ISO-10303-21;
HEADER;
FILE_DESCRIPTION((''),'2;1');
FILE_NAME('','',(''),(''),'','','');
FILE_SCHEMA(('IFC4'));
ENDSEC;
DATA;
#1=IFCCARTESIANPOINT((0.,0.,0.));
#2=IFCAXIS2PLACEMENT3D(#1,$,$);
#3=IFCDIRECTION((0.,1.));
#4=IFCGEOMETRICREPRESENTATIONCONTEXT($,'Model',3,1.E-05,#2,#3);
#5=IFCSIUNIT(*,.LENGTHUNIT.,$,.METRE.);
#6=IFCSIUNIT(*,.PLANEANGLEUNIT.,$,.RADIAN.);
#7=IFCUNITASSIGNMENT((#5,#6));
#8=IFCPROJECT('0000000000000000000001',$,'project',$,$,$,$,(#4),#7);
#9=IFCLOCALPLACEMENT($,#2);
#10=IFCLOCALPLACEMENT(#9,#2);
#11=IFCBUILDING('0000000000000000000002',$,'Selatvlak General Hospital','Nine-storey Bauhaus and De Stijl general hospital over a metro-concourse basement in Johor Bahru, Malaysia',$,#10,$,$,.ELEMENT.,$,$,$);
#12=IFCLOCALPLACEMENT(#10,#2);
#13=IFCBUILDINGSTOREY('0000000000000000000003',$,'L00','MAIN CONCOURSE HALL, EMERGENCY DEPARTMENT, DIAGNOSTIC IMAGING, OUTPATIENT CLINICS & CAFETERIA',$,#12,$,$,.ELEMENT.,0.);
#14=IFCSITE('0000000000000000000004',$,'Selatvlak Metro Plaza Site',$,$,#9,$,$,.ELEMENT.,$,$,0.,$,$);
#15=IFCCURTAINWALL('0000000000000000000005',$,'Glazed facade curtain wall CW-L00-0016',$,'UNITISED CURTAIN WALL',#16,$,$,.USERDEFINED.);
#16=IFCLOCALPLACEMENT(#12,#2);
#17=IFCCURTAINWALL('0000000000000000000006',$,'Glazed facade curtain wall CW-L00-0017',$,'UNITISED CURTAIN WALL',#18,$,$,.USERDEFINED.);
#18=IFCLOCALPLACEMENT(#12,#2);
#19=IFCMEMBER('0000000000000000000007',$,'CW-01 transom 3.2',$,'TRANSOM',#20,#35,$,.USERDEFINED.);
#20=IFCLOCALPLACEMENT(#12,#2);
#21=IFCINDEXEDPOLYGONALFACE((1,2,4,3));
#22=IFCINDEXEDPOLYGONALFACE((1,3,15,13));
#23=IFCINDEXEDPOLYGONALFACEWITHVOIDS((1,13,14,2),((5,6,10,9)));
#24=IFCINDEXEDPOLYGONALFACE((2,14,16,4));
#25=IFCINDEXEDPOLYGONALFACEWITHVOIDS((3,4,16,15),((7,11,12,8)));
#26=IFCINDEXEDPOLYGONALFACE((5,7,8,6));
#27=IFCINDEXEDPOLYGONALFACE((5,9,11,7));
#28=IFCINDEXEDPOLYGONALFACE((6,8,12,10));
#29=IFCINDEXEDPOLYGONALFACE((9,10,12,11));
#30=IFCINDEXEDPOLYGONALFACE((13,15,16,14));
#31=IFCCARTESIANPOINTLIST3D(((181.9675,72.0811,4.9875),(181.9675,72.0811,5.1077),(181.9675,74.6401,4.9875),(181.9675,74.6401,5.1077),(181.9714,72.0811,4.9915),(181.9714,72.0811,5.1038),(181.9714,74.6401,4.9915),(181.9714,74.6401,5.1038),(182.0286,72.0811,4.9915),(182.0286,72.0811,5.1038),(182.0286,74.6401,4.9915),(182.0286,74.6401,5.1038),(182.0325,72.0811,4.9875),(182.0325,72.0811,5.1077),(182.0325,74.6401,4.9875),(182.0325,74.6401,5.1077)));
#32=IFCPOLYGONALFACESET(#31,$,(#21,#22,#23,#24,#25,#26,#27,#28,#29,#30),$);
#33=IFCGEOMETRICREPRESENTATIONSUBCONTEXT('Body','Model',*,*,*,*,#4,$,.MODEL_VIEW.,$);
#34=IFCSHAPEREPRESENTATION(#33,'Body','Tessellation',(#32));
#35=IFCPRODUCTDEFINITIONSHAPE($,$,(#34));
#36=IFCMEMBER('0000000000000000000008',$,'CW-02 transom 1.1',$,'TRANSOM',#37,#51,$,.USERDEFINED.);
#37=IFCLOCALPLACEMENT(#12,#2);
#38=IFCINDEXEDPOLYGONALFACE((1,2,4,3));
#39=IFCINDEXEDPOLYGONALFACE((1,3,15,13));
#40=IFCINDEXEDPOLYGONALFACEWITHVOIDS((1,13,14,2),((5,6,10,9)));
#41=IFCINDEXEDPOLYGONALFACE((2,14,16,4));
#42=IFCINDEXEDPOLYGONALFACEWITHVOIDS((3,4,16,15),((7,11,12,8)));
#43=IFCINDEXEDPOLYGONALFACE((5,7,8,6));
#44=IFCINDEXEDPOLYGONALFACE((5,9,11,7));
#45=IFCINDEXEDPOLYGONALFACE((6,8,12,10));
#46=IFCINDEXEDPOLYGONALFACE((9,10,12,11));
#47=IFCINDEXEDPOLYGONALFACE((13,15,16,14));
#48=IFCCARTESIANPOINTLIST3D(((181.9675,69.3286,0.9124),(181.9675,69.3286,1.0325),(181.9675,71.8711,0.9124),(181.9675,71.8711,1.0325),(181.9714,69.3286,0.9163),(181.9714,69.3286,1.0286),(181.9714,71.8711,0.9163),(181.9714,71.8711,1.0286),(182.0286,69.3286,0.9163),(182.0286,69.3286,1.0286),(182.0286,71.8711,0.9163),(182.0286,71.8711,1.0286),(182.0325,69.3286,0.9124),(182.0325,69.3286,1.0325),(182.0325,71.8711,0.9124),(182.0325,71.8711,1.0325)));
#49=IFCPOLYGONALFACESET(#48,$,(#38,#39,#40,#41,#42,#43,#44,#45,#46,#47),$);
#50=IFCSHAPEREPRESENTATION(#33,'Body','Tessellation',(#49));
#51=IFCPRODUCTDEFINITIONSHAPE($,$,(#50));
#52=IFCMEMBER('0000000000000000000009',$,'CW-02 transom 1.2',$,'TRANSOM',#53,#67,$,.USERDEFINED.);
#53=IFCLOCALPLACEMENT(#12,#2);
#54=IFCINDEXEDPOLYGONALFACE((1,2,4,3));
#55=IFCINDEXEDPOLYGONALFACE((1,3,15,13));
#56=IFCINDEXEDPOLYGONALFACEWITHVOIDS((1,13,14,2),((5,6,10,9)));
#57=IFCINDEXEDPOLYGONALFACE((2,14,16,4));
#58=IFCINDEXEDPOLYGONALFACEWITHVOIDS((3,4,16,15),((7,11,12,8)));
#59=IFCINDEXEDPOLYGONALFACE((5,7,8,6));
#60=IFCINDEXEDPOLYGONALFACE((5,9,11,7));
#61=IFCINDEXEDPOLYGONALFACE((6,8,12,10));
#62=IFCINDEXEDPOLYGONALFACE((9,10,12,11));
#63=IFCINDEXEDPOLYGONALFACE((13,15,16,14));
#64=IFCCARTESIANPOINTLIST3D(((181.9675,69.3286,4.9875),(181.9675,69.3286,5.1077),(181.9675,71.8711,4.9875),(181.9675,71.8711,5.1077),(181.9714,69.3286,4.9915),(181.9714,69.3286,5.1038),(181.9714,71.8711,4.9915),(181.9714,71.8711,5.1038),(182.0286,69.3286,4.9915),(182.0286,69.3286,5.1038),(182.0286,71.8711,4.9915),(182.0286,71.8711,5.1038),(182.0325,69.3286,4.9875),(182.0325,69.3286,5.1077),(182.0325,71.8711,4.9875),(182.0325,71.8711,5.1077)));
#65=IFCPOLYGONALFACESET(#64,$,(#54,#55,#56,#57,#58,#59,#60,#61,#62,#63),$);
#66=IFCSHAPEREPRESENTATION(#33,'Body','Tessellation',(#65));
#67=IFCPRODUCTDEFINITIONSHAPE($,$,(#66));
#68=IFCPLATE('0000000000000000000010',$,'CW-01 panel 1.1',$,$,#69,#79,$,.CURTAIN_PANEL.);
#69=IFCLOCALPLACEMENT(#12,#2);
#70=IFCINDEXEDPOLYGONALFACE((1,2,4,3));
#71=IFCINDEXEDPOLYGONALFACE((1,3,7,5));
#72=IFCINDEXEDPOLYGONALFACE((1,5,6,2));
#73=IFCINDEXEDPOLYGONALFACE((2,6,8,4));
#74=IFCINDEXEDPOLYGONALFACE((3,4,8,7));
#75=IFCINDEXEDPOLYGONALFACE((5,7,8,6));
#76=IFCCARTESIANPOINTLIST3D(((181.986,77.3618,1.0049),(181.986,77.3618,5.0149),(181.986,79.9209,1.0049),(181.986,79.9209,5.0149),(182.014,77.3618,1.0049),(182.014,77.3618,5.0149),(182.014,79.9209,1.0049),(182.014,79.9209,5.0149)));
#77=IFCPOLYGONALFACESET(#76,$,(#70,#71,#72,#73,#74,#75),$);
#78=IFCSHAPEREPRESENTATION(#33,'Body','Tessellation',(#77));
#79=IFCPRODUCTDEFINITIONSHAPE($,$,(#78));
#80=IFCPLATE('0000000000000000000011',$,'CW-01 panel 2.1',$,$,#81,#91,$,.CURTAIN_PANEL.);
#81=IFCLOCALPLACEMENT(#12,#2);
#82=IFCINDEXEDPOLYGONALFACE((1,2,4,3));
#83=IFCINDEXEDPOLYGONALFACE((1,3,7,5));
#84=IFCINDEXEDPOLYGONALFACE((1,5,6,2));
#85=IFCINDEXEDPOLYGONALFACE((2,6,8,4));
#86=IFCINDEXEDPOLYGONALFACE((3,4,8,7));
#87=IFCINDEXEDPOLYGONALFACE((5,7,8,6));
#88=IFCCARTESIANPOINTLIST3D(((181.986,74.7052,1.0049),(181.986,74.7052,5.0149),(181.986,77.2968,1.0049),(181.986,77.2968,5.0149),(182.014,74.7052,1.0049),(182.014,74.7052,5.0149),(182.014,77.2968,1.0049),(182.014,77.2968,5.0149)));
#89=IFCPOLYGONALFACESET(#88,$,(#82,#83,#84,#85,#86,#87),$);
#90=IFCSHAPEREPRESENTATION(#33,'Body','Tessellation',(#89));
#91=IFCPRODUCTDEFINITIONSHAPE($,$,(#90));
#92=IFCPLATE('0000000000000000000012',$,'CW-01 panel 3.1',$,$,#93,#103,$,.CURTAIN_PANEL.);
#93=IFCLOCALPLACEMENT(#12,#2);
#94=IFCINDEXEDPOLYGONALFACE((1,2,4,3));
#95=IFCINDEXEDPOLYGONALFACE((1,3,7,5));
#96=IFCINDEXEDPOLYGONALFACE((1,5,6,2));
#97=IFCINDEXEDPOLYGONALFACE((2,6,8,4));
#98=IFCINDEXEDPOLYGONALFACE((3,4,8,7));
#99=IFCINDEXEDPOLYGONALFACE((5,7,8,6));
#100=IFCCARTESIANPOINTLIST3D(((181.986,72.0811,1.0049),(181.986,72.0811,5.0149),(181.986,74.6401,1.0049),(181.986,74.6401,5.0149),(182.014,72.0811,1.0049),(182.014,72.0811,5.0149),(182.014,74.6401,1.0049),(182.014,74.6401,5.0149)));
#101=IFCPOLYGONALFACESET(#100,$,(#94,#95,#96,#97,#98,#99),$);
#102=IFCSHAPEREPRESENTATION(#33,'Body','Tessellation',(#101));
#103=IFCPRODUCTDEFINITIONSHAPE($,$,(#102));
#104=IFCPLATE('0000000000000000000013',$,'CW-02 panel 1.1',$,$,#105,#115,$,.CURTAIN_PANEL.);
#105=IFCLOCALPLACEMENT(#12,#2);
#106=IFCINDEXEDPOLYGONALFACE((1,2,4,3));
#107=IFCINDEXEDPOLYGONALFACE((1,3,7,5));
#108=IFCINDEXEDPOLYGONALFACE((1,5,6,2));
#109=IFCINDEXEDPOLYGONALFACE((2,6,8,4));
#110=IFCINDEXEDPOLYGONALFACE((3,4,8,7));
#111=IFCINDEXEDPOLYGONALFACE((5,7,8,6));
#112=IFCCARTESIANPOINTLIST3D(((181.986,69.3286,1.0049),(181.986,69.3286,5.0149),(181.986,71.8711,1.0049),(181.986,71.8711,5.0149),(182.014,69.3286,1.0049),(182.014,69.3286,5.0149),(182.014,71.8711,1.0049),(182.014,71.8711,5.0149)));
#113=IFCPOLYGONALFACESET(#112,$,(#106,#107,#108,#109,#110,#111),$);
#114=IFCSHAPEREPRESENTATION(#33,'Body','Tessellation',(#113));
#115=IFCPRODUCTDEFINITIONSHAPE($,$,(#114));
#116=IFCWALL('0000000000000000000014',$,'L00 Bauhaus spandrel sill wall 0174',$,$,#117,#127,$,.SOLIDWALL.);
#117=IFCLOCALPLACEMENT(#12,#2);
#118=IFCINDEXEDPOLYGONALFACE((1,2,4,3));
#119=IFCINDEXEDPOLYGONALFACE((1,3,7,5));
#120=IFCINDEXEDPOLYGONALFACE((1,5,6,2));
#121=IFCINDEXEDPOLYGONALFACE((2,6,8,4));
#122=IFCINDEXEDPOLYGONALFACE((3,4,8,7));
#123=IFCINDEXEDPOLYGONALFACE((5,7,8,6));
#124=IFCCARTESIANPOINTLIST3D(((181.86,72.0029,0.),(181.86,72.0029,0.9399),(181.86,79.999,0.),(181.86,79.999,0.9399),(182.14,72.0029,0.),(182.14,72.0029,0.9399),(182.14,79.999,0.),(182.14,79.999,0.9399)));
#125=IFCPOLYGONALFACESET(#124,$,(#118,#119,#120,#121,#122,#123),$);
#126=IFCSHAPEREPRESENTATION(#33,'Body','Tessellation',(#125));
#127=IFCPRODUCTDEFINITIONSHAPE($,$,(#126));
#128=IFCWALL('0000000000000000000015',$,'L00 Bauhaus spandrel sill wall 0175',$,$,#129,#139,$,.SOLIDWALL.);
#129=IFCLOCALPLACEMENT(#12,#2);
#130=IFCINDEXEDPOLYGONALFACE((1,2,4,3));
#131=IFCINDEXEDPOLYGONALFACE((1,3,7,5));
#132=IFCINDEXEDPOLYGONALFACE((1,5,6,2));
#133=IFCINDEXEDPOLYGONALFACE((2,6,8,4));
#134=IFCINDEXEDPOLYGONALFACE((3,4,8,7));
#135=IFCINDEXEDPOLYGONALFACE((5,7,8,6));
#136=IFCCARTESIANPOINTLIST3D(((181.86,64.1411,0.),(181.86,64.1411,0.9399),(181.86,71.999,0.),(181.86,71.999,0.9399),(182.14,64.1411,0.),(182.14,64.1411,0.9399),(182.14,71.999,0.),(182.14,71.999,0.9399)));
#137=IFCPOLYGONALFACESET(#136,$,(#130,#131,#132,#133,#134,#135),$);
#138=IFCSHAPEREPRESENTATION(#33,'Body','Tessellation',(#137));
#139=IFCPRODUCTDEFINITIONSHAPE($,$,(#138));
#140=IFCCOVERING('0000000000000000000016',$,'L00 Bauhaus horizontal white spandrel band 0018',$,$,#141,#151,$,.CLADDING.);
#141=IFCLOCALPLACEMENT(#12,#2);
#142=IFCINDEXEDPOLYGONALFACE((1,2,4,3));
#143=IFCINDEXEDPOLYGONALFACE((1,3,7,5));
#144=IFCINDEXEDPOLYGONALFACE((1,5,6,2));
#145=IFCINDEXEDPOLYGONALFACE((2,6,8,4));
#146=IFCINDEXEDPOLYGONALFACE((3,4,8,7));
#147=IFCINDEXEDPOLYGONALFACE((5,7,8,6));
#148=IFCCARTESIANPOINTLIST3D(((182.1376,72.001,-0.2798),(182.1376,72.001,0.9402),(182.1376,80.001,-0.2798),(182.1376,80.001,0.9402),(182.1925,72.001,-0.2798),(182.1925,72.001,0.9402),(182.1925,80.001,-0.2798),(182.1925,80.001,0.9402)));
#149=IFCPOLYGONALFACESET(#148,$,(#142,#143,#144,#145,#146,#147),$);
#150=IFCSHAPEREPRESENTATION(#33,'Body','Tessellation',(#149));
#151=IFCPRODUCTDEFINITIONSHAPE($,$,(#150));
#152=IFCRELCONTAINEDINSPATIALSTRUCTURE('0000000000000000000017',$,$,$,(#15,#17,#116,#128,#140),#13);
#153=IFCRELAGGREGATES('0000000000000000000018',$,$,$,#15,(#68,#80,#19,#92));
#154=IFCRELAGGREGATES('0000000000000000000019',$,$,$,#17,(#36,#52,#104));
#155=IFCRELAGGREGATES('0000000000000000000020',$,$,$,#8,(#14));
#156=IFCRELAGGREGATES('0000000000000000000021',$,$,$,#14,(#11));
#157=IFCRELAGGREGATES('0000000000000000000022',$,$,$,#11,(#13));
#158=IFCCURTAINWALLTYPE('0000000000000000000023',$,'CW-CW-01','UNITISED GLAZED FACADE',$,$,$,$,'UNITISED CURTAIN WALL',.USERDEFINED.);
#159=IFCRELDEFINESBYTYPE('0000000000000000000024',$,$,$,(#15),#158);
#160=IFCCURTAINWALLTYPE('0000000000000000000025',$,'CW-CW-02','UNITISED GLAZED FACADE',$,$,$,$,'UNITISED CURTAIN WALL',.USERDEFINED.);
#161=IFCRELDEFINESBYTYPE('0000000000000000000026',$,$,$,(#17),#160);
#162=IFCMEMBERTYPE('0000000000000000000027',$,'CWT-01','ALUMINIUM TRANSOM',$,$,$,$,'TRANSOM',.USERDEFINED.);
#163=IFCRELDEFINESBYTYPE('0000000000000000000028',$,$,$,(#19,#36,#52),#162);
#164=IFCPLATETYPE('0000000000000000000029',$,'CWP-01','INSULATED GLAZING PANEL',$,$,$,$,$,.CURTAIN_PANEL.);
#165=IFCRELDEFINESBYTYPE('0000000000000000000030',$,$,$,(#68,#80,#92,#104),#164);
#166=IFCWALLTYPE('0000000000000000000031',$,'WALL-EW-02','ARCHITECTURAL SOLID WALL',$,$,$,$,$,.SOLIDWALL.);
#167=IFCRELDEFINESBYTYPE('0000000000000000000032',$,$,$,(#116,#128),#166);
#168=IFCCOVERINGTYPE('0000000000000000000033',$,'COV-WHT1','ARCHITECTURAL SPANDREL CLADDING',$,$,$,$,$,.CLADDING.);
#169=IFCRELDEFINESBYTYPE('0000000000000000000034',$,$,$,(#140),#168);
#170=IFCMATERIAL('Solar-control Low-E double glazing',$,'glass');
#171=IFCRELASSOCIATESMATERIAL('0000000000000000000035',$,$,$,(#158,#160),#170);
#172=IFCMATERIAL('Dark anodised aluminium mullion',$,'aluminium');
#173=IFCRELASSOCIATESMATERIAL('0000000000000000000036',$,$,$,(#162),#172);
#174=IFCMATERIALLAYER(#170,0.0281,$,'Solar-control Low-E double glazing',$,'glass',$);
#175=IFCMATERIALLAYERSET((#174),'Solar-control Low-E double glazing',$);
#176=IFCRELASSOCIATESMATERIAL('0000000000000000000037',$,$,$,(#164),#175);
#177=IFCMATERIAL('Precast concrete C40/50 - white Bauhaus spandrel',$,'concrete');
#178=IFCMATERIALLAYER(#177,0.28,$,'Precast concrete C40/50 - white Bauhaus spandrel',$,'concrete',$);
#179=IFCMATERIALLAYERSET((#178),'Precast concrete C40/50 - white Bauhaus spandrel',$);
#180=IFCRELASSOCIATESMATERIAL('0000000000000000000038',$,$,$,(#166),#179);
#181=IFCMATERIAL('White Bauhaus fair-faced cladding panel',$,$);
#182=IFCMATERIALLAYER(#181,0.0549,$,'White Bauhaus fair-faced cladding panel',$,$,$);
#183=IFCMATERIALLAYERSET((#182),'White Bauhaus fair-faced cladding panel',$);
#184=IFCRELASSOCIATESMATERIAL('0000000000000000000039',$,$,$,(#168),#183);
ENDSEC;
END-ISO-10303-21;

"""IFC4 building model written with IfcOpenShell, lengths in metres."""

from ifc_helpers import new_model, si_unit, direction, frame, frame_2d, origin, origin_2d, place, context, subcontext, project, spatial, rectangle, hollow_rectangle, extrude, material, layer, layer_set, material_profile, profile_set, type_object, element, aggregate, save


model = new_model("IFC4")

# Units and contexts
model_context = context("Model", 3, precision=1e-05, world=origin(), true_north=direction((0.0, 1.0)))
body_context = subcontext(model_context, "Body", "Model", "MODEL_VIEW")
ifc_project = project(units=[si_unit("LENGTHUNIT", "METRE"), si_unit("PLANEANGLEUNIT", "RADIAN")], contexts=[model_context])

# Site, building, storey
site_placement = place(None, origin())
site = spatial("IfcSite", under=ifc_project, at=site_placement, Name="Selatvlak Metro Plaza Site", CompositionType="ELEMENT", RefElevation=0.0)
building_placement = place(site_placement, origin())
building = spatial("IfcBuilding", under=site, at=building_placement, Name="Selatvlak General Hospital", Description="Nine-storey Bauhaus and De Stijl general hospital over a metro-concourse basement in Johor Bahru, Malaysia", CompositionType="ELEMENT")
storey_placement = place(building_placement, origin())
storey = spatial("IfcBuildingStorey", under=building, at=storey_placement, Name="L00", Description="MAIN CONCOURSE HALL, EMERGENCY DEPARTMENT, DIAGNOSTIC IMAGING, OUTPATIENT CLINICS & CAFETERIA", CompositionType="ELEMENT", Elevation=0.0)

# Curtain walls
ifc_material_1 = material(Name="Solar-control Low-E double glazing", Category="glass")
curtain_wall_type_1 = type_object("IfcCurtainWallType", Name="CW-CW-01", Description="UNITISED GLAZED FACADE", ElementType="UNITISED CURTAIN WALL", PredefinedType="USERDEFINED", material=ifc_material_1)
curtain_wall_1_placement = place(storey_placement, origin())
curtain_wall_1 = element("IfcCurtainWall", 1, at=curtain_wall_1_placement, inside=storey, type_object=curtain_wall_type_1, Name="Glazed facade curtain wall CW-L00-0016", ObjectType="UNITISED CURTAIN WALL", PredefinedType="USERDEFINED")
ifc_material_2 = material(Name="Dark anodised aluminium mullion", Category="aluminium")
curtain_wall_type_2 = type_object("IfcCurtainWallType", Name="CW-CW-02", Description="UNITISED GLAZED FACADE", ElementType="UNITISED CURTAIN WALL", PredefinedType="USERDEFINED", material=ifc_material_1)
curtain_wall_2_placement = place(storey_placement, origin())
curtain_wall_2 = element("IfcCurtainWall", 2, at=curtain_wall_2_placement, inside=storey, type_object=curtain_wall_type_2, Name="Glazed facade curtain wall CW-L00-0017", ObjectType="UNITISED CURTAIN WALL", PredefinedType="USERDEFINED")

# Members
ifc_material_profile_1 = material_profile(ifc_material_2, hollow_rectangle(XDim=0.0649, YDim=0.1201, WallThickness=0.0039, at=origin_2d()), Name="AL-TRN 65x120x4")
ifc_profile_set_1 = profile_set([ifc_material_profile_1], Name="Dark anodised aluminium mullion")
member_type_1 = type_object("IfcMemberType", Name="CWT-01", Description="ALUMINIUM TRANSOM", ElementType="TRANSOM", PredefinedType="USERDEFINED", material=ifc_profile_set_1)
member_1_placement = place(storey_placement, frame((182.0, 74.6401, 5.0476), z_axis=(0.0, -1.0, 0.0), x_axis=(1.0, 0.0, 0.0)))
member_1 = element("IfcMember", 3, at=member_1_placement, type_object=member_type_1, Name="CW-01 transom 3.2", ObjectType="TRANSOM", PredefinedType="USERDEFINED", context=body_context, shape_type="SweptSolid", body=[
    extrude(hollow_rectangle(XDim=0.0649, YDim=0.1201, WallThickness=0.0039, at=origin_2d()), origin(), (0.0, 0.0, 1.0), 2.5591),
])
member_2_placement = place(storey_placement, frame((182.0, 71.8711, 0.9724), z_axis=(0.0, -1.0, 0.0), x_axis=(1.0, 0.0, 0.0)))
member_2 = element("IfcMember", 4, at=member_2_placement, type_object=member_type_1, Name="CW-02 transom 1.1", ObjectType="TRANSOM", PredefinedType="USERDEFINED", context=body_context, shape_type="SweptSolid", body=[
    extrude(hollow_rectangle(XDim=0.0649, YDim=0.1201, WallThickness=0.0039, at=origin_2d()), origin(), (0.0, 0.0, 1.0), 2.5425),
])
member_3_placement = place(storey_placement, frame((182.0, 71.8711, 5.0476), z_axis=(0.0, -1.0, 0.0), x_axis=(1.0, 0.0, 0.0)))
member_3 = element("IfcMember", 5, at=member_3_placement, type_object=member_type_1, Name="CW-02 transom 1.2", ObjectType="TRANSOM", PredefinedType="USERDEFINED", context=body_context, shape_type="SweptSolid", body=[
    extrude(hollow_rectangle(XDim=0.0649, YDim=0.1201, WallThickness=0.0039, at=origin_2d()), origin(), (0.0, 0.0, 1.0), 2.5425),
])

# Plates
ifc_layer_1 = layer(ifc_material_1, 0.0281, Name="Solar-control Low-E double glazing", Category="glass")
ifc_layer_set_1 = layer_set([ifc_layer_1], Name="Solar-control Low-E double glazing")
plate_type = type_object("IfcPlateType", Name="CWP-01", Description="INSULATED GLAZING PANEL", PredefinedType="CURTAIN_PANEL", material=ifc_layer_set_1)
plate_1_placement = place(storey_placement, frame((182.0, 78.6414, 1.0049), z_axis=(0.0, 0.0, 1.0), x_axis=(0.0, -1.0, 0.0)))
plate_1 = element("IfcPlate", 6, at=plate_1_placement, type_object=plate_type, Name="CW-01 panel 1.1", PredefinedType="CURTAIN_PANEL", context=body_context, shape_type="SweptSolid", body=[
    extrude(rectangle(XDim=2.5591, YDim=0.0281, at=origin_2d()), origin(), (0.0, 0.0, 1.0), 4.01),
])
plate_2_placement = place(storey_placement, frame((182.0, 76.001, 1.0049), z_axis=(0.0, 0.0, 1.0), x_axis=(0.0, -1.0, 0.0)))
plate_2 = element("IfcPlate", 7, at=plate_2_placement, type_object=plate_type, Name="CW-01 panel 2.1", PredefinedType="CURTAIN_PANEL", context=body_context, shape_type="SweptSolid", body=[
    extrude(rectangle(XDim=2.5916, YDim=0.0281, at=origin_2d()), origin(), (0.0, 0.0, 1.0), 4.01),
])
plate_3_placement = place(storey_placement, frame((182.0, 73.3606, 1.0049), z_axis=(0.0, 0.0, 1.0), x_axis=(0.0, -1.0, 0.0)))
plate_3 = element("IfcPlate", 8, at=plate_3_placement, type_object=plate_type, Name="CW-01 panel 3.1", PredefinedType="CURTAIN_PANEL", context=body_context, shape_type="SweptSolid", body=[
    extrude(rectangle(XDim=2.5591, YDim=0.0281, at=origin_2d()), origin(), (0.0, 0.0, 1.0), 4.01),
])
aggregate(curtain_wall_1, [plate_1, plate_2, member_1, plate_3])
plate_4_placement = place(storey_placement, frame((182.0, 70.5999, 1.0049), z_axis=(0.0, 0.0, 1.0), x_axis=(0.0, -1.0, 0.0)))
plate_4 = element("IfcPlate", 9, at=plate_4_placement, type_object=plate_type, Name="CW-02 panel 1.1", PredefinedType="CURTAIN_PANEL", context=body_context, shape_type="SweptSolid", body=[
    extrude(rectangle(XDim=2.5425, YDim=0.0281, at=origin_2d()), origin(), (0.0, 0.0, 1.0), 4.01),
])
aggregate(curtain_wall_2, [member_2, member_3, plate_4])

# Walls
ifc_material_3 = material(Name="Precast concrete C40/50 - white Bauhaus spandrel", Category="concrete")
ifc_layer_2 = layer(ifc_material_3, 0.28, Name="Precast concrete C40/50 - white Bauhaus spandrel", Category="concrete")
ifc_layer_set_2 = layer_set([ifc_layer_2], Name="Precast concrete C40/50 - white Bauhaus spandrel")
wall_type = type_object("IfcWallType", Name="WALL-EW-02", Description="ARCHITECTURAL SOLID WALL", PredefinedType="SOLIDWALL", material=ifc_layer_set_2)
wall_1_placement = place(storey_placement, frame((182.0, 79.999, 0.0), z_axis=(0.0, 0.0, 1.0), x_axis=(0.0, -1.0, 0.0)))
element("IfcWall", 10, at=wall_1_placement, inside=storey, type_object=wall_type, Name="L00 Bauhaus spandrel sill wall 0174", PredefinedType="SOLIDWALL", context=body_context, shape_type="SweptSolid", body=[
    extrude(rectangle(XDim=7.9961, YDim=0.28, at=frame_2d((3.998, 0.0))), origin(), (0.0, 0.0, 1.0), 0.9399),
])
wall_2_placement = place(storey_placement, frame((182.0, 71.999, 0.0), z_axis=(0.0, 0.0, 1.0), x_axis=(0.0, -1.0, 0.0)))
element("IfcWall", 11, at=wall_2_placement, inside=storey, type_object=wall_type, Name="L00 Bauhaus spandrel sill wall 0175", PredefinedType="SOLIDWALL", context=body_context, shape_type="SweptSolid", body=[
    extrude(rectangle(XDim=7.8579, YDim=0.28, at=frame_2d((3.929, 0.0))), origin(), (0.0, 0.0, 1.0), 0.9399),
])

# Covering
ifc_material_4 = material(Name="White Bauhaus fair-faced cladding panel")
ifc_layer_3 = layer(ifc_material_4, 0.0549, Name="White Bauhaus fair-faced cladding panel")
ifc_layer_set_3 = layer_set([ifc_layer_3], Name="White Bauhaus fair-faced cladding panel")
covering_type = type_object("IfcCoveringType", Name="COV-WHT1", Description="ARCHITECTURAL SPANDREL CLADDING", PredefinedType="CLADDING", material=ifc_layer_set_3)
covering_placement = place(storey_placement, frame((182.165, 76.001, -0.2798), z_axis=(0.0, 0.0, 1.0), x_axis=(0.0, -1.0, 0.0)))
element("IfcCovering", 12, at=covering_placement, inside=storey, type_object=covering_type, Name="L00 Bauhaus horizontal white spandrel band 0018", PredefinedType="CLADDING", context=body_context, shape_type="SweptSolid", body=[
    extrude(rectangle(XDim=8.0, YDim=0.0549, at=origin_2d()), origin(), (0.0, 0.0, 1.0), 1.22),
])

save(model, "model.ifc")
